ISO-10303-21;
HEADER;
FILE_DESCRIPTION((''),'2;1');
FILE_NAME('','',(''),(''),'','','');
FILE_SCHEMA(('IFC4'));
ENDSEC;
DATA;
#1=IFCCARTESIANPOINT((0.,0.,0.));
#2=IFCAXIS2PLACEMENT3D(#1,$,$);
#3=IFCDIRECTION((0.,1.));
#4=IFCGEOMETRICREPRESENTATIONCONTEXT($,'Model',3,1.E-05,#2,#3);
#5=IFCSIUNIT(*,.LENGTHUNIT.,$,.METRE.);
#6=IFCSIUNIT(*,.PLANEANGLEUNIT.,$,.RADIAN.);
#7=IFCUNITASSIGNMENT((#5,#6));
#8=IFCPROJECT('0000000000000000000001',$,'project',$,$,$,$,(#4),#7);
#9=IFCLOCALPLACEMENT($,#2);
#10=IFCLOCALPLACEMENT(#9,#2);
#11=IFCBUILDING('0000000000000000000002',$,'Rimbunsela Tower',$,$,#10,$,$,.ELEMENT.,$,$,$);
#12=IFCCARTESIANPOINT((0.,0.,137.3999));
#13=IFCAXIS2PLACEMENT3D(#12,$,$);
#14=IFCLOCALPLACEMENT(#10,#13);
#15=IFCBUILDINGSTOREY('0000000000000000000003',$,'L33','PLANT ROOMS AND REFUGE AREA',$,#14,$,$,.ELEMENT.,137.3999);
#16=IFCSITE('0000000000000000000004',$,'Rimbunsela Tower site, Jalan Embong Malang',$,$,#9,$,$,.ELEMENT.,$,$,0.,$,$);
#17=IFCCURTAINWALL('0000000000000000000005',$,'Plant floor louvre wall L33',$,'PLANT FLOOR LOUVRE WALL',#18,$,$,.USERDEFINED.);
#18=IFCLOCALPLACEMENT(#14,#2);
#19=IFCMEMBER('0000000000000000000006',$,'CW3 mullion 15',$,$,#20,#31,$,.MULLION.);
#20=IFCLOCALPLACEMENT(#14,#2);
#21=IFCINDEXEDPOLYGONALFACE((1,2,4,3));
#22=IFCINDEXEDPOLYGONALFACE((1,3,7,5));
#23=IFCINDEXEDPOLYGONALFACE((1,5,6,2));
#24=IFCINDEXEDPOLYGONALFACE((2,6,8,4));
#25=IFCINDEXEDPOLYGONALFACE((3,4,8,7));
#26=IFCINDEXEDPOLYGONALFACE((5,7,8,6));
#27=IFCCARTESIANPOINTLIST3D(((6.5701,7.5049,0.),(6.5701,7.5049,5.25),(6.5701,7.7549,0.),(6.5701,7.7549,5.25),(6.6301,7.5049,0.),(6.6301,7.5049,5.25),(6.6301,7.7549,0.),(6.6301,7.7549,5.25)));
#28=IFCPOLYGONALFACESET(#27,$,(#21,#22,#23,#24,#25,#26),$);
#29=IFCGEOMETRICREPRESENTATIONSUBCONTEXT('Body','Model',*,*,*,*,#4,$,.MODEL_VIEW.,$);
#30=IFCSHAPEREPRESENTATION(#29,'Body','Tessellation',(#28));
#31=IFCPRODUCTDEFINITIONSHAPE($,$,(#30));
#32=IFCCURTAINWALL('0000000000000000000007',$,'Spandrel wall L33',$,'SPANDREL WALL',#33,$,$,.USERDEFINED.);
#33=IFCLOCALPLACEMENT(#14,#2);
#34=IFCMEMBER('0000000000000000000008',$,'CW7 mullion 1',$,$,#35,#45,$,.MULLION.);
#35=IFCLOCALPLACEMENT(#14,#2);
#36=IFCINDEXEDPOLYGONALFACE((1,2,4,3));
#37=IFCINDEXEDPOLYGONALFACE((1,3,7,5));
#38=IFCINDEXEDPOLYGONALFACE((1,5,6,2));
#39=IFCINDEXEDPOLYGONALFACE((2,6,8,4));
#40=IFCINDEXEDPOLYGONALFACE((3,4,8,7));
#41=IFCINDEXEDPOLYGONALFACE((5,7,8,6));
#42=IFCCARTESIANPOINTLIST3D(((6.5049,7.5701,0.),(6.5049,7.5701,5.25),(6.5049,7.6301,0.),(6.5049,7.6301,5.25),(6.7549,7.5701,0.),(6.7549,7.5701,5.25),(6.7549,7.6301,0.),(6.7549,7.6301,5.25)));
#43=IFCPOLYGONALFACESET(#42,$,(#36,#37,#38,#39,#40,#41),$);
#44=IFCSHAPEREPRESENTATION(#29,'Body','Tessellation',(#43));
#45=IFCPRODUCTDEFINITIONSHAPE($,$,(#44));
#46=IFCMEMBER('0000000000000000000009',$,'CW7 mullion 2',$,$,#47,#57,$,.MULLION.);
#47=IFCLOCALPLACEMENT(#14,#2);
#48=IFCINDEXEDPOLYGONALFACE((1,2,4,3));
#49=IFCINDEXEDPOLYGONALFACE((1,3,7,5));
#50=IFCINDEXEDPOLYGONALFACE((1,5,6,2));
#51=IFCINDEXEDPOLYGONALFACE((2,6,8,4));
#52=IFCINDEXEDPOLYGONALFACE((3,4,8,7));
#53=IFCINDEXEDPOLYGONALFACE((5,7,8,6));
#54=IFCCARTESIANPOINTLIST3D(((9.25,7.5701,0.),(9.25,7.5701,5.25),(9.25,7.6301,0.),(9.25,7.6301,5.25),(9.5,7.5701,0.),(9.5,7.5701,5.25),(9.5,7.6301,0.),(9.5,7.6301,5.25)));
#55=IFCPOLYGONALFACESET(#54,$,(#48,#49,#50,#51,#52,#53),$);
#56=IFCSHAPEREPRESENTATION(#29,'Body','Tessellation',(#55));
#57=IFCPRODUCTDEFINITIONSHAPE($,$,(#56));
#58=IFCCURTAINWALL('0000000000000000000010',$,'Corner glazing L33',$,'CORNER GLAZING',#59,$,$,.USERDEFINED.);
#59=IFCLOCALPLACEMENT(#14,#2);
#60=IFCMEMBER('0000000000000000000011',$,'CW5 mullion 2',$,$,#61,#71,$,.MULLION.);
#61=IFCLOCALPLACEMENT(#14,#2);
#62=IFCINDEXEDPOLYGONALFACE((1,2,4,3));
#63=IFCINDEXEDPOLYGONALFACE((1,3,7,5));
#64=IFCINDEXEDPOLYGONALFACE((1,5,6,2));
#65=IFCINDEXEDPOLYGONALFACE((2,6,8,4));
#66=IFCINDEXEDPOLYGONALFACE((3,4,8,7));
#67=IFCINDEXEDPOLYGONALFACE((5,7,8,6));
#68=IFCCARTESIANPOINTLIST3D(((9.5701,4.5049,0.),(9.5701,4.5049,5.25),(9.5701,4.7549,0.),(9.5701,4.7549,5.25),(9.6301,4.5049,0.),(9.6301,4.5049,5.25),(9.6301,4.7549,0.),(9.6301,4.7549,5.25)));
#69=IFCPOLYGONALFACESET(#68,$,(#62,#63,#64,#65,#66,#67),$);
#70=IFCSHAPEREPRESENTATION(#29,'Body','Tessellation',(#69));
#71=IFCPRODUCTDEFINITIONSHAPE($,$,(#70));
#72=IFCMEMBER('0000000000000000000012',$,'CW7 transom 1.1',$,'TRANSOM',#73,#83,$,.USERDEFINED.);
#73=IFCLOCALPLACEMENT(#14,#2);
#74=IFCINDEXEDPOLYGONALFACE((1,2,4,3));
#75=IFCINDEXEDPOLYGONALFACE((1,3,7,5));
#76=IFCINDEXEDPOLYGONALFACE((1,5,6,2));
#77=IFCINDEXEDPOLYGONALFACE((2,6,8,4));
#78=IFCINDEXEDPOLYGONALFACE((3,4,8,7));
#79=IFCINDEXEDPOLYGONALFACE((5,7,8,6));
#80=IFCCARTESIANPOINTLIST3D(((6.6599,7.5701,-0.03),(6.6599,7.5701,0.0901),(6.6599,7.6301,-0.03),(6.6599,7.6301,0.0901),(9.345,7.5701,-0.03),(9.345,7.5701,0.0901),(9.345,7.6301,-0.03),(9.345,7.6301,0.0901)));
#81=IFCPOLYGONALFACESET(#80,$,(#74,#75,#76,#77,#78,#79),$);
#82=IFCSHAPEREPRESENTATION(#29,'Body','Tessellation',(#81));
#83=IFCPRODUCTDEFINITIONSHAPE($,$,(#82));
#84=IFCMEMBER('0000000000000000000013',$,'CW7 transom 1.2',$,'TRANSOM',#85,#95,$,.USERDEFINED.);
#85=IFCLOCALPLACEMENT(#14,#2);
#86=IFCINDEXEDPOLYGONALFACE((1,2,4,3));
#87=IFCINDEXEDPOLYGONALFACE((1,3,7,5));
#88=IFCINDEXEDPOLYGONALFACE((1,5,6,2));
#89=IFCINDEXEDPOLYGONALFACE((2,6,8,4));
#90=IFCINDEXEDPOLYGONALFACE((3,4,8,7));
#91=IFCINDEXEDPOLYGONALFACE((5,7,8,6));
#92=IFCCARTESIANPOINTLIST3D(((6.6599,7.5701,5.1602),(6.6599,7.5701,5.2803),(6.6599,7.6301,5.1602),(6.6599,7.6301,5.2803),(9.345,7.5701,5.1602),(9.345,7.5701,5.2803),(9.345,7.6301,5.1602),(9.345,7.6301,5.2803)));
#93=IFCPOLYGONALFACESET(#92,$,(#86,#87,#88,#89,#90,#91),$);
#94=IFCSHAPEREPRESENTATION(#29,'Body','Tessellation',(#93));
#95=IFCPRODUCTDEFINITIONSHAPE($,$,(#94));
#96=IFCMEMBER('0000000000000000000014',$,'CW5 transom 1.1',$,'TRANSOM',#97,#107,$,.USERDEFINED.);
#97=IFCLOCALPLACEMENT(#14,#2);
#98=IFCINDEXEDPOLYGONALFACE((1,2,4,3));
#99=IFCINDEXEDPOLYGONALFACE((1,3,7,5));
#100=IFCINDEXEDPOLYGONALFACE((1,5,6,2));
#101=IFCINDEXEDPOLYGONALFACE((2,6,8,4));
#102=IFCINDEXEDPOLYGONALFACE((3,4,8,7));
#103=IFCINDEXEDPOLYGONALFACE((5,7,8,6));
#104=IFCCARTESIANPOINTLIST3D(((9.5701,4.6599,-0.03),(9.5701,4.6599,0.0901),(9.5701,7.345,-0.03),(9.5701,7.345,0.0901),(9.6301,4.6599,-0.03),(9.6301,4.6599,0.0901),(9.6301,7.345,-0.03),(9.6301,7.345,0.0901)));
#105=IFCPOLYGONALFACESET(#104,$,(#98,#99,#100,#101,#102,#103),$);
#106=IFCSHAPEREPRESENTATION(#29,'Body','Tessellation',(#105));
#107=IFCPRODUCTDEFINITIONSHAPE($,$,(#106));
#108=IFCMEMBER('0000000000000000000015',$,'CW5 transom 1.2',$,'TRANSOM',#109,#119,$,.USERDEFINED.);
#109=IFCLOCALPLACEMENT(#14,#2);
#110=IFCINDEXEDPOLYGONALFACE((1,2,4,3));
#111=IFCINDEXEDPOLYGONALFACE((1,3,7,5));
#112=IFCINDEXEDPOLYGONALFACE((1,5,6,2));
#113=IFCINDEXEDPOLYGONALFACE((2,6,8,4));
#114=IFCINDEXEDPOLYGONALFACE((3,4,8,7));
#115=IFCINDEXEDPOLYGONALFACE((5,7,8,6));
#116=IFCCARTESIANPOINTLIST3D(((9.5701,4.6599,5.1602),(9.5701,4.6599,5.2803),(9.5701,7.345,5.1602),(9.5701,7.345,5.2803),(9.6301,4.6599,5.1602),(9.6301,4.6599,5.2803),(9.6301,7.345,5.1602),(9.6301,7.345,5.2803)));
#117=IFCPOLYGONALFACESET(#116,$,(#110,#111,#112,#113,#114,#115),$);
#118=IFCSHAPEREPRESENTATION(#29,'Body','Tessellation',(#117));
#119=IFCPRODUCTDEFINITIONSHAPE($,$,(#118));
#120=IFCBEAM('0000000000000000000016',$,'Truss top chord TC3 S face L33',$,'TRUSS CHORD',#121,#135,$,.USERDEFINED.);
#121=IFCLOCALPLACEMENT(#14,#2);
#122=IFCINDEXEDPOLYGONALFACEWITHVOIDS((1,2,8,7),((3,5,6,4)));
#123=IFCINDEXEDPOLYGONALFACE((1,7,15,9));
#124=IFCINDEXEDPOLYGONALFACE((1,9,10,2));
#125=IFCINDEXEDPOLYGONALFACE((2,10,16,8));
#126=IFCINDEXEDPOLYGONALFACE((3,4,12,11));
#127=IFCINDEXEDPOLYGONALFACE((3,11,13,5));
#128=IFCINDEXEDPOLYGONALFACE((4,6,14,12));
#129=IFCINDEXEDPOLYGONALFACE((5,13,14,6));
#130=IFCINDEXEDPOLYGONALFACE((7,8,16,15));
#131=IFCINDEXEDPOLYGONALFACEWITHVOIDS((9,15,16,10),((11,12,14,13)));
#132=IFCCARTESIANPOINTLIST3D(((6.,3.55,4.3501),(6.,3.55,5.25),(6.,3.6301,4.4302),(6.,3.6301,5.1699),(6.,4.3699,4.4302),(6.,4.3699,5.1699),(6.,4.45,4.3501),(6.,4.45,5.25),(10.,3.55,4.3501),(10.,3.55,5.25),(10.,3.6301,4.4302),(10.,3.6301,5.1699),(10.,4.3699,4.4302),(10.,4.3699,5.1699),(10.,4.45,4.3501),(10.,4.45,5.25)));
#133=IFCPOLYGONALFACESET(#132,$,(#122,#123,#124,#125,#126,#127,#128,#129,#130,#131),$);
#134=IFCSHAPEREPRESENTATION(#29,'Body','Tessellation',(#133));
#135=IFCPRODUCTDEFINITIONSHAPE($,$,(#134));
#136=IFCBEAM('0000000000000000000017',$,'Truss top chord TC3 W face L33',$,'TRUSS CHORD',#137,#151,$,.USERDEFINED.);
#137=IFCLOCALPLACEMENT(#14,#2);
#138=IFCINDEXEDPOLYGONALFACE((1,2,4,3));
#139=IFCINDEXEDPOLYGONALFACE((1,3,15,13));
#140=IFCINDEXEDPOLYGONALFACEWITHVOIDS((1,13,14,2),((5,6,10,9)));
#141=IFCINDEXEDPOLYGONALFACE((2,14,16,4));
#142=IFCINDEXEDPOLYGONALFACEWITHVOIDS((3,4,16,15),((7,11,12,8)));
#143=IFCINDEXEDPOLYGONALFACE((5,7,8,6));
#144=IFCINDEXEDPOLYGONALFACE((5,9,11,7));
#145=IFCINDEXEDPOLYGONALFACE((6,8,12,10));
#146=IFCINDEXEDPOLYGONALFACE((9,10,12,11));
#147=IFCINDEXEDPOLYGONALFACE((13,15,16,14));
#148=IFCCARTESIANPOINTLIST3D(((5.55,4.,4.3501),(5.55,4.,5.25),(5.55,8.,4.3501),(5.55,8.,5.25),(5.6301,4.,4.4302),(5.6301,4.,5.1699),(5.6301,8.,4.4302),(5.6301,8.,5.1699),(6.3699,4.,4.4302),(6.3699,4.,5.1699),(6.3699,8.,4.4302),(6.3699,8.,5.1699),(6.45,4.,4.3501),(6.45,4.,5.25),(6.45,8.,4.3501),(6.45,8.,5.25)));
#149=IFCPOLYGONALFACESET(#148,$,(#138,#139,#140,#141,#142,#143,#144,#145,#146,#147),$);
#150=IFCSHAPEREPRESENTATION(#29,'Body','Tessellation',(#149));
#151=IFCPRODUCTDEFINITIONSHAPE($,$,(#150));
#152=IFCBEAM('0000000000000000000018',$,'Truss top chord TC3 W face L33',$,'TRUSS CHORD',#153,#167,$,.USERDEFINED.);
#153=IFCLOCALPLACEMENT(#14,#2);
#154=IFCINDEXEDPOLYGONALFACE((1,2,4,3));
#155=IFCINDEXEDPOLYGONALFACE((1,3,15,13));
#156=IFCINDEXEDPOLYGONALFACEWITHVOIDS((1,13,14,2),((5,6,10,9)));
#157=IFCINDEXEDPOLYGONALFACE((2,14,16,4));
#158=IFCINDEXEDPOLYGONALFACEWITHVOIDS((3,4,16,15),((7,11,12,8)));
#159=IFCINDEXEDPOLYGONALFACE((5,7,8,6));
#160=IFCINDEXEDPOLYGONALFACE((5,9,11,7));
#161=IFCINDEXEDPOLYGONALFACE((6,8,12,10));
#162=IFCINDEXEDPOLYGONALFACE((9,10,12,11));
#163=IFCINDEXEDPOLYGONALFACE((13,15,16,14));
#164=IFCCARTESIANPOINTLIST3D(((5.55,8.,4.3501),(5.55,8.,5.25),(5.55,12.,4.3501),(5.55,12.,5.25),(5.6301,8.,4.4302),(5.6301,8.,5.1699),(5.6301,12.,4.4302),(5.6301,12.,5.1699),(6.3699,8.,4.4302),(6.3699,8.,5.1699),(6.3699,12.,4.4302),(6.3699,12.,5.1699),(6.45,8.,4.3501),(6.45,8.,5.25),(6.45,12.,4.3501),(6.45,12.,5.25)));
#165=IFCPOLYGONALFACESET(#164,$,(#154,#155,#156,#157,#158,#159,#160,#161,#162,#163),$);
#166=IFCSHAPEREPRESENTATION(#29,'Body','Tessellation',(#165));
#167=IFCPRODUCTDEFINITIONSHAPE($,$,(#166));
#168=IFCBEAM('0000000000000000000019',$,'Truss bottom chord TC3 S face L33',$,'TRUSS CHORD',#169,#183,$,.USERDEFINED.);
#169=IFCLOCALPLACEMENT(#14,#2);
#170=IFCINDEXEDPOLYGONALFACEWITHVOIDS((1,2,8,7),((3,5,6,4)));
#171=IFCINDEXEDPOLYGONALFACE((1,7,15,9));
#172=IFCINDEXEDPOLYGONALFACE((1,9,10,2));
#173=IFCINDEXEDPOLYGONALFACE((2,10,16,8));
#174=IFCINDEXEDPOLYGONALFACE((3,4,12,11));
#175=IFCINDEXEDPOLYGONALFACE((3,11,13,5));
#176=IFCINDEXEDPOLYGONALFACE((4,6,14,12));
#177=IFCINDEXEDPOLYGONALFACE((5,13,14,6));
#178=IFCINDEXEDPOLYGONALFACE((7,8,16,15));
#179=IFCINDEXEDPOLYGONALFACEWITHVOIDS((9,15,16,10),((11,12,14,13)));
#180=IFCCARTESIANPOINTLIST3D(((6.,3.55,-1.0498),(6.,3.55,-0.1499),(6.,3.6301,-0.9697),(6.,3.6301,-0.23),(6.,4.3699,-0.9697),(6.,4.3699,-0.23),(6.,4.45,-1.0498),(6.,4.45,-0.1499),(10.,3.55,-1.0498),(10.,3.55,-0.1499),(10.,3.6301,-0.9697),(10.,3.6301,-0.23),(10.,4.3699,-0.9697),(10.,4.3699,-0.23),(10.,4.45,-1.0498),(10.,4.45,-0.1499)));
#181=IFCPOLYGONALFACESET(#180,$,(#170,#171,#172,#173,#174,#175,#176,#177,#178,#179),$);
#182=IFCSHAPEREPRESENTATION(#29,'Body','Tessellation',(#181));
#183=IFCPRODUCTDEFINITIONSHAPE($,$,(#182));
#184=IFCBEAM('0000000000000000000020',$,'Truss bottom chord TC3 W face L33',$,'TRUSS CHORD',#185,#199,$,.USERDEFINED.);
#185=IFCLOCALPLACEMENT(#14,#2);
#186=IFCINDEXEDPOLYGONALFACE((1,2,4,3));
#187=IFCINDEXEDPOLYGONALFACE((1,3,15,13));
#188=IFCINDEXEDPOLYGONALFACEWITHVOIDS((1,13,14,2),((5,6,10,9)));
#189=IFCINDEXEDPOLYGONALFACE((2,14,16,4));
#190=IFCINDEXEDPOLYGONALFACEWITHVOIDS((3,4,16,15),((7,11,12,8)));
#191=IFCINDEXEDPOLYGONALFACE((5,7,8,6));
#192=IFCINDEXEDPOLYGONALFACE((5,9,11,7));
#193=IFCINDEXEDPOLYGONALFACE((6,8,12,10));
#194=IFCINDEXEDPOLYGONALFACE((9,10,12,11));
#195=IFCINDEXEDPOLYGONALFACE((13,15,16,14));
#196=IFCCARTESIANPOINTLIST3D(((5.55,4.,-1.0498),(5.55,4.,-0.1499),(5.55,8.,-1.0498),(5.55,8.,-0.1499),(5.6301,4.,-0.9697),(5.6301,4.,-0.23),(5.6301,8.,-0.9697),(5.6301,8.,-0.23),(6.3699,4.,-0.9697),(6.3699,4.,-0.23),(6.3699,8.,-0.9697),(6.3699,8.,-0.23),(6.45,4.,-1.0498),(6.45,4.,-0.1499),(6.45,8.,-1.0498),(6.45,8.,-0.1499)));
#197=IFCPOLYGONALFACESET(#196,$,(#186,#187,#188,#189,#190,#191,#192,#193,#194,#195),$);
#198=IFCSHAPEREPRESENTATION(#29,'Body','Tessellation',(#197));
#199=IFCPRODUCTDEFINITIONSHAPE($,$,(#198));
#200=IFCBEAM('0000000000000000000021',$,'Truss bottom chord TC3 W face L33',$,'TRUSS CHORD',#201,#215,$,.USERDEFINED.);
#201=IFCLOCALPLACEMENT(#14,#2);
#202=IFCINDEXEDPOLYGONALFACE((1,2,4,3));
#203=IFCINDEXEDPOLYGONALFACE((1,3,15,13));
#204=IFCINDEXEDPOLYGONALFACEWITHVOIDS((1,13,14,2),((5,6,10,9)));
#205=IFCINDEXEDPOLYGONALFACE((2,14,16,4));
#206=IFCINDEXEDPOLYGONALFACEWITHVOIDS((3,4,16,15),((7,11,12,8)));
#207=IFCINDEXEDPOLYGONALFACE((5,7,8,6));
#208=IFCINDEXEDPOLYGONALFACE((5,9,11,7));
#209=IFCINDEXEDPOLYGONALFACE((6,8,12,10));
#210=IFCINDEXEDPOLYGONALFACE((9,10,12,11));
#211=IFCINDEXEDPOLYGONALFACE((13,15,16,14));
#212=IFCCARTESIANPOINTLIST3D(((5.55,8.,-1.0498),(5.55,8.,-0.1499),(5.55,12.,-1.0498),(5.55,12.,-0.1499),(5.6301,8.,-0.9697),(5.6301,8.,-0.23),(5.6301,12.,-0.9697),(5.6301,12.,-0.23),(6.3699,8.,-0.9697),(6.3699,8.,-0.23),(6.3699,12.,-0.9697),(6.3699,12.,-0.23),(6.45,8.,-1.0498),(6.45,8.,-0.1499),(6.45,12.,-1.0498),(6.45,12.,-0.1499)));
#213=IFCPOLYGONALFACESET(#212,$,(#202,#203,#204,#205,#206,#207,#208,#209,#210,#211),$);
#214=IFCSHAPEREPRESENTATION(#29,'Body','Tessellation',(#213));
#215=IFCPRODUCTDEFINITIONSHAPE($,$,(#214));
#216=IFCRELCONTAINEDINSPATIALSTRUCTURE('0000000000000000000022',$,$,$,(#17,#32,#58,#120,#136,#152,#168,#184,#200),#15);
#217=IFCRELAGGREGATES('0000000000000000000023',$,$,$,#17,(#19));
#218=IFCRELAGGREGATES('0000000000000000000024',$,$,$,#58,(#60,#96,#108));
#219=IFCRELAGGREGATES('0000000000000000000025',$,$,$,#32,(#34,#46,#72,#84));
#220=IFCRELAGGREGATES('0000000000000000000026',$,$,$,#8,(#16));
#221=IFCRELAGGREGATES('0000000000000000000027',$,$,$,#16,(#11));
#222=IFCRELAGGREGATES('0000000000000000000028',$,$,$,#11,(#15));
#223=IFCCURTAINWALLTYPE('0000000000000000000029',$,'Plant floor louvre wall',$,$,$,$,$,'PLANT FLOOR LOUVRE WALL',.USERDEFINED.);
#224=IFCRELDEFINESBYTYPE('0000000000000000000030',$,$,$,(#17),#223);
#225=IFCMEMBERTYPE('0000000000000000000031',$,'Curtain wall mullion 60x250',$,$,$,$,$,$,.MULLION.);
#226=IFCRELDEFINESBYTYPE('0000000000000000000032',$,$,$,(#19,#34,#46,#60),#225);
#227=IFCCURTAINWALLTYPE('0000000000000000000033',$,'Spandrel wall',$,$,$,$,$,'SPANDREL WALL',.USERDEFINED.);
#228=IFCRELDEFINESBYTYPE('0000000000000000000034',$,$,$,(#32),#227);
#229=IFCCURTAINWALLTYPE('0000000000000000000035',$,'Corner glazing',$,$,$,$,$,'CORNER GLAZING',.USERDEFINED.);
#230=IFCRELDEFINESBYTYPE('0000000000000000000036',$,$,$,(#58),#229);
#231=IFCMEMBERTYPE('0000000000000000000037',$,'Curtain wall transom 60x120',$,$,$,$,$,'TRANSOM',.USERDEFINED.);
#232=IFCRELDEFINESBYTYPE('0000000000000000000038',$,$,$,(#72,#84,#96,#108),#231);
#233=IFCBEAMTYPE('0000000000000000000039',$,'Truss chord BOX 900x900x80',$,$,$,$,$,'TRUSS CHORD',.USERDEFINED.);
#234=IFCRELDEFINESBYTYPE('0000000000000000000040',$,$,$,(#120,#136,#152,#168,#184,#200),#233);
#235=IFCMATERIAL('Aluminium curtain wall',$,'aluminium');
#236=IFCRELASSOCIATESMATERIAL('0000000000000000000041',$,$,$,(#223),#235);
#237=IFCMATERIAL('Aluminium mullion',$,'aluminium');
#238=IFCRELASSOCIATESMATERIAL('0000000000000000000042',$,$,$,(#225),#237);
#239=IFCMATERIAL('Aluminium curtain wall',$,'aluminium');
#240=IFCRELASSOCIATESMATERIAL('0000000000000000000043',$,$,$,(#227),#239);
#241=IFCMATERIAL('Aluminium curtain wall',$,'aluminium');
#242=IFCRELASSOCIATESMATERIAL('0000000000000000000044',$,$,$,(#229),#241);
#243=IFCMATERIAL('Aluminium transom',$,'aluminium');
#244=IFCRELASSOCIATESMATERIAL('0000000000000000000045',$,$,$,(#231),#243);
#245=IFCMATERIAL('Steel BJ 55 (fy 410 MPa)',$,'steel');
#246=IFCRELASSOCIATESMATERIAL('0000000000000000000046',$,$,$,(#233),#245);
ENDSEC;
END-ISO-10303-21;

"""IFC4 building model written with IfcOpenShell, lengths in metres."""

from ifc_helpers import new_model, si_unit, direction, frame, origin, origin_2d, place, context, subcontext, project, spatial, rectangle, hollow_rectangle, extrude, material, material_profile, profile_set, type_object, element, aggregate, save


model = new_model("IFC4")

# Units and contexts
model_context = context("Model", 3, precision=1e-05, world=origin(), true_north=direction((0.0, 1.0)))
body_context = subcontext(model_context, "Body", "Model", "MODEL_VIEW")
ifc_project = project(units=[si_unit("LENGTHUNIT", "METRE"), si_unit("PLANEANGLEUNIT", "RADIAN")], contexts=[model_context])

# Site, building, storey
site_placement = place(None, origin())
site = spatial("IfcSite", under=ifc_project, at=site_placement, Name="Rimbunsela Tower site, Jalan Embong Malang", CompositionType="ELEMENT", RefElevation=0.0)
building_placement = place(site_placement, origin())
building = spatial("IfcBuilding", under=site, at=building_placement, Name="Rimbunsela Tower", CompositionType="ELEMENT")
storey_placement = place(building_placement, frame((0.0, 0.0, 137.3999)))
storey = spatial("IfcBuildingStorey", under=building, at=storey_placement, Name="L33", Description="PLANT ROOMS AND REFUGE AREA", CompositionType="ELEMENT", Elevation=137.3999)

# Curtain wall, member
ifc_material_1 = material(Name="Aluminium curtain wall", Category="aluminium")
curtain_wall_type_1 = type_object("IfcCurtainWallType", Name="Plant floor louvre wall", ElementType="PLANT FLOOR LOUVRE WALL", PredefinedType="USERDEFINED", material=ifc_material_1)
curtain_wall_1_placement = place(storey_placement, origin())
curtain_wall_1 = element("IfcCurtainWall", 1, at=curtain_wall_1_placement, inside=storey, type_object=curtain_wall_type_1, Name="Plant floor louvre wall L33", ObjectType="PLANT FLOOR LOUVRE WALL", PredefinedType="USERDEFINED")
ifc_material_2 = material(Name="Aluminium mullion", Category="aluminium")
ifc_material_profile_1 = material_profile(ifc_material_2, rectangle(XDim=0.0601, YDim=0.25, at=origin_2d()), Name="Mullion 60x250")
ifc_profile_set_1 = profile_set([ifc_material_profile_1], Name="Aluminium mullion")
member_type_1 = type_object("IfcMemberType", Name="Curtain wall mullion 60x250", PredefinedType="MULLION", material=ifc_profile_set_1)
member_1_placement = place(storey_placement, frame((6.6001, 7.6299, 0.0), z_axis=(0.0, 0.0, 1.0), x_axis=(1.0, 0.0, 0.0)))
member_1 = element("IfcMember", 2, at=member_1_placement, type_object=member_type_1, Name="CW3 mullion 15", PredefinedType="MULLION", context=body_context, shape_type="SweptSolid", body=[
    extrude(rectangle(XDim=0.0601, YDim=0.25, at=origin_2d()), origin(), (0.0, 0.0, 1.0), 5.25),
])
aggregate(curtain_wall_1, [member_1])

# Curtain wall, members
ifc_material_3 = material(Name="Aluminium curtain wall", Category="aluminium")
curtain_wall_type_2 = type_object("IfcCurtainWallType", Name="Spandrel wall", ElementType="SPANDREL WALL", PredefinedType="USERDEFINED", material=ifc_material_3)
curtain_wall_2_placement = place(storey_placement, origin())
curtain_wall_2 = element("IfcCurtainWall", 3, at=curtain_wall_2_placement, inside=storey, type_object=curtain_wall_type_2, Name="Spandrel wall L33", ObjectType="SPANDREL WALL", PredefinedType="USERDEFINED")
member_2_placement = place(storey_placement, frame((6.6299, 7.6001, 0.0), z_axis=(0.0, 0.0, 1.0), x_axis=(0.0, 1.0, 0.0)))
member_2 = element("IfcMember", 4, at=member_2_placement, type_object=member_type_1, Name="CW7 mullion 1", PredefinedType="MULLION", context=body_context, shape_type="SweptSolid", body=[
    extrude(rectangle(XDim=0.0601, YDim=0.25, at=origin_2d()), origin(), (0.0, 0.0, 1.0), 5.25),
])
member_3_placement = place(storey_placement, frame((9.375, 7.6001, 0.0), z_axis=(0.0, 0.0, 1.0), x_axis=(0.0, 1.0, 0.0)))
member_3 = element("IfcMember", 5, at=member_3_placement, type_object=member_type_1, Name="CW7 mullion 2", PredefinedType="MULLION", context=body_context, shape_type="SweptSolid", body=[
    extrude(rectangle(XDim=0.0601, YDim=0.25, at=origin_2d()), origin(), (0.0, 0.0, 1.0), 5.25),
])

# Curtain wall, member
ifc_material_4 = material(Name="Aluminium curtain wall", Category="aluminium")
curtain_wall_type_3 = type_object("IfcCurtainWallType", Name="Corner glazing", ElementType="CORNER GLAZING", PredefinedType="USERDEFINED", material=ifc_material_4)
curtain_wall_3_placement = place(storey_placement, origin())
curtain_wall_3 = element("IfcCurtainWall", 6, at=curtain_wall_3_placement, inside=storey, type_object=curtain_wall_type_3, Name="Corner glazing L33", ObjectType="CORNER GLAZING", PredefinedType="USERDEFINED")
member_4_placement = place(storey_placement, frame((9.6001, 4.6299, 0.0), z_axis=(0.0, 0.0, 1.0), x_axis=(1.0, 0.0, 0.0)))
member_4 = element("IfcMember", 7, at=member_4_placement, type_object=member_type_1, Name="CW5 mullion 2", PredefinedType="MULLION", context=body_context, shape_type="SweptSolid", body=[
    extrude(rectangle(XDim=0.0601, YDim=0.25, at=origin_2d()), origin(), (0.0, 0.0, 1.0), 5.25),
])

# Members
ifc_material_5 = material(Name="Aluminium transom", Category="aluminium")
ifc_material_profile_2 = material_profile(ifc_material_5, rectangle(XDim=0.0601, YDim=0.1201, at=origin_2d()), Name="Transom 60x120")
ifc_profile_set_2 = profile_set([ifc_material_profile_2], Name="Aluminium transom")
member_type_2 = type_object("IfcMemberType", Name="Curtain wall transom 60x120", ElementType="TRANSOM", PredefinedType="USERDEFINED", material=ifc_profile_set_2)
member_5_placement = place(storey_placement, frame((6.6599, 7.6001, 0.03), z_axis=(1.0, 0.0, 0.0), x_axis=(0.0, 1.0, 0.0)))
member_5 = element("IfcMember", 8, at=member_5_placement, type_object=member_type_2, Name="CW7 transom 1.1", ObjectType="TRANSOM", PredefinedType="USERDEFINED", context=body_context, shape_type="SweptSolid", body=[
    extrude(rectangle(XDim=0.0601, YDim=0.1201, at=origin_2d()), origin(), (0.0, 0.0, 1.0), 2.6851),
])
member_6_placement = place(storey_placement, frame((6.6599, 7.6001, 5.2202), z_axis=(1.0, 0.0, 0.0), x_axis=(0.0, 1.0, 0.0)))
member_6 = element("IfcMember", 9, at=member_6_placement, type_object=member_type_2, Name="CW7 transom 1.2", ObjectType="TRANSOM", PredefinedType="USERDEFINED", context=body_context, shape_type="SweptSolid", body=[
    extrude(rectangle(XDim=0.0601, YDim=0.1201, at=origin_2d()), origin(), (0.0, 0.0, 1.0), 2.6851),
])
member_7_placement = place(storey_placement, frame((9.6001, 7.345, 0.03), z_axis=(0.0, -1.0, 0.0), x_axis=(1.0, 0.0, 0.0)))
member_7 = element("IfcMember", 10, at=member_7_placement, type_object=member_type_2, Name="CW5 transom 1.1", ObjectType="TRANSOM", PredefinedType="USERDEFINED", context=body_context, shape_type="SweptSolid", body=[
    extrude(rectangle(XDim=0.0601, YDim=0.1201, at=origin_2d()), origin(), (0.0, 0.0, 1.0), 2.6851),
])
member_8_placement = place(storey_placement, frame((9.6001, 7.345, 5.2202), z_axis=(0.0, -1.0, 0.0), x_axis=(1.0, 0.0, 0.0)))
member_8 = element("IfcMember", 11, at=member_8_placement, type_object=member_type_2, Name="CW5 transom 1.2", ObjectType="TRANSOM", PredefinedType="USERDEFINED", context=body_context, shape_type="SweptSolid", body=[
    extrude(rectangle(XDim=0.0601, YDim=0.1201, at=origin_2d()), origin(), (0.0, 0.0, 1.0), 2.6851),
])

# Beams
ifc_material_6 = material(Name="Steel BJ 55 (fy 410 MPa)", Category="steel")
ifc_material_profile_3 = material_profile(ifc_material_6, hollow_rectangle(XDim=0.8999, YDim=0.8999, WallThickness=0.0801, at=origin_2d()), Name="BOX 900x900x80")
ifc_profile_set_3 = profile_set([ifc_material_profile_3], Name="Steel BJ 55 (fy 410 MPa)")
beam_type = type_object("IfcBeamType", Name="Truss chord BOX 900x900x80", ElementType="TRUSS CHORD", PredefinedType="USERDEFINED", material=ifc_profile_set_3)
for number, where, z_axis, x_axis, name in (
    (12, (6.0, 4.0, 4.8), (1.0, 0.0, 0.0), (0.0, 1.0, 0.0), "Truss top chord TC3 S face L33"),
    (13, (6.0, 4.0, 4.8), (0.0, 1.0, 0.0), (-1.0, 0.0, 0.0), "Truss top chord TC3 W face L33"),
    (14, (6.0, 8.0, 4.8), (0.0, 1.0, 0.0), (-1.0, 0.0, 0.0), "Truss top chord TC3 W face L33"),
    (15, (6.0, 4.0, -0.5999), (1.0, 0.0, 0.0), (0.0, 1.0, 0.0), "Truss bottom chord TC3 S face L33"),
    (16, (6.0, 4.0, -0.5999), (0.0, 1.0, 0.0), (-1.0, 0.0, 0.0), "Truss bottom chord TC3 W face L33"),
    (17, (6.0, 8.0, -0.5999), (0.0, 1.0, 0.0), (-1.0, 0.0, 0.0), "Truss bottom chord TC3 W face L33"),
):
    element("IfcBeam", number, at=place(storey_placement, frame(where, z_axis=z_axis, x_axis=x_axis)), inside=storey, type_object=beam_type, Name=name, ObjectType="TRUSS CHORD", PredefinedType="USERDEFINED", context=body_context, shape_type="SweptSolid", body=[
        extrude(hollow_rectangle(XDim=0.8999, YDim=0.8999, WallThickness=0.0801, at=origin_2d()), origin(), (0.0, 0.0, 1.0), 4.0),
    ])

aggregate(curtain_wall_3, [member_4, member_7, member_8])
aggregate(curtain_wall_2, [member_2, member_3, member_5, member_6])

save(model, "model.ifc")
